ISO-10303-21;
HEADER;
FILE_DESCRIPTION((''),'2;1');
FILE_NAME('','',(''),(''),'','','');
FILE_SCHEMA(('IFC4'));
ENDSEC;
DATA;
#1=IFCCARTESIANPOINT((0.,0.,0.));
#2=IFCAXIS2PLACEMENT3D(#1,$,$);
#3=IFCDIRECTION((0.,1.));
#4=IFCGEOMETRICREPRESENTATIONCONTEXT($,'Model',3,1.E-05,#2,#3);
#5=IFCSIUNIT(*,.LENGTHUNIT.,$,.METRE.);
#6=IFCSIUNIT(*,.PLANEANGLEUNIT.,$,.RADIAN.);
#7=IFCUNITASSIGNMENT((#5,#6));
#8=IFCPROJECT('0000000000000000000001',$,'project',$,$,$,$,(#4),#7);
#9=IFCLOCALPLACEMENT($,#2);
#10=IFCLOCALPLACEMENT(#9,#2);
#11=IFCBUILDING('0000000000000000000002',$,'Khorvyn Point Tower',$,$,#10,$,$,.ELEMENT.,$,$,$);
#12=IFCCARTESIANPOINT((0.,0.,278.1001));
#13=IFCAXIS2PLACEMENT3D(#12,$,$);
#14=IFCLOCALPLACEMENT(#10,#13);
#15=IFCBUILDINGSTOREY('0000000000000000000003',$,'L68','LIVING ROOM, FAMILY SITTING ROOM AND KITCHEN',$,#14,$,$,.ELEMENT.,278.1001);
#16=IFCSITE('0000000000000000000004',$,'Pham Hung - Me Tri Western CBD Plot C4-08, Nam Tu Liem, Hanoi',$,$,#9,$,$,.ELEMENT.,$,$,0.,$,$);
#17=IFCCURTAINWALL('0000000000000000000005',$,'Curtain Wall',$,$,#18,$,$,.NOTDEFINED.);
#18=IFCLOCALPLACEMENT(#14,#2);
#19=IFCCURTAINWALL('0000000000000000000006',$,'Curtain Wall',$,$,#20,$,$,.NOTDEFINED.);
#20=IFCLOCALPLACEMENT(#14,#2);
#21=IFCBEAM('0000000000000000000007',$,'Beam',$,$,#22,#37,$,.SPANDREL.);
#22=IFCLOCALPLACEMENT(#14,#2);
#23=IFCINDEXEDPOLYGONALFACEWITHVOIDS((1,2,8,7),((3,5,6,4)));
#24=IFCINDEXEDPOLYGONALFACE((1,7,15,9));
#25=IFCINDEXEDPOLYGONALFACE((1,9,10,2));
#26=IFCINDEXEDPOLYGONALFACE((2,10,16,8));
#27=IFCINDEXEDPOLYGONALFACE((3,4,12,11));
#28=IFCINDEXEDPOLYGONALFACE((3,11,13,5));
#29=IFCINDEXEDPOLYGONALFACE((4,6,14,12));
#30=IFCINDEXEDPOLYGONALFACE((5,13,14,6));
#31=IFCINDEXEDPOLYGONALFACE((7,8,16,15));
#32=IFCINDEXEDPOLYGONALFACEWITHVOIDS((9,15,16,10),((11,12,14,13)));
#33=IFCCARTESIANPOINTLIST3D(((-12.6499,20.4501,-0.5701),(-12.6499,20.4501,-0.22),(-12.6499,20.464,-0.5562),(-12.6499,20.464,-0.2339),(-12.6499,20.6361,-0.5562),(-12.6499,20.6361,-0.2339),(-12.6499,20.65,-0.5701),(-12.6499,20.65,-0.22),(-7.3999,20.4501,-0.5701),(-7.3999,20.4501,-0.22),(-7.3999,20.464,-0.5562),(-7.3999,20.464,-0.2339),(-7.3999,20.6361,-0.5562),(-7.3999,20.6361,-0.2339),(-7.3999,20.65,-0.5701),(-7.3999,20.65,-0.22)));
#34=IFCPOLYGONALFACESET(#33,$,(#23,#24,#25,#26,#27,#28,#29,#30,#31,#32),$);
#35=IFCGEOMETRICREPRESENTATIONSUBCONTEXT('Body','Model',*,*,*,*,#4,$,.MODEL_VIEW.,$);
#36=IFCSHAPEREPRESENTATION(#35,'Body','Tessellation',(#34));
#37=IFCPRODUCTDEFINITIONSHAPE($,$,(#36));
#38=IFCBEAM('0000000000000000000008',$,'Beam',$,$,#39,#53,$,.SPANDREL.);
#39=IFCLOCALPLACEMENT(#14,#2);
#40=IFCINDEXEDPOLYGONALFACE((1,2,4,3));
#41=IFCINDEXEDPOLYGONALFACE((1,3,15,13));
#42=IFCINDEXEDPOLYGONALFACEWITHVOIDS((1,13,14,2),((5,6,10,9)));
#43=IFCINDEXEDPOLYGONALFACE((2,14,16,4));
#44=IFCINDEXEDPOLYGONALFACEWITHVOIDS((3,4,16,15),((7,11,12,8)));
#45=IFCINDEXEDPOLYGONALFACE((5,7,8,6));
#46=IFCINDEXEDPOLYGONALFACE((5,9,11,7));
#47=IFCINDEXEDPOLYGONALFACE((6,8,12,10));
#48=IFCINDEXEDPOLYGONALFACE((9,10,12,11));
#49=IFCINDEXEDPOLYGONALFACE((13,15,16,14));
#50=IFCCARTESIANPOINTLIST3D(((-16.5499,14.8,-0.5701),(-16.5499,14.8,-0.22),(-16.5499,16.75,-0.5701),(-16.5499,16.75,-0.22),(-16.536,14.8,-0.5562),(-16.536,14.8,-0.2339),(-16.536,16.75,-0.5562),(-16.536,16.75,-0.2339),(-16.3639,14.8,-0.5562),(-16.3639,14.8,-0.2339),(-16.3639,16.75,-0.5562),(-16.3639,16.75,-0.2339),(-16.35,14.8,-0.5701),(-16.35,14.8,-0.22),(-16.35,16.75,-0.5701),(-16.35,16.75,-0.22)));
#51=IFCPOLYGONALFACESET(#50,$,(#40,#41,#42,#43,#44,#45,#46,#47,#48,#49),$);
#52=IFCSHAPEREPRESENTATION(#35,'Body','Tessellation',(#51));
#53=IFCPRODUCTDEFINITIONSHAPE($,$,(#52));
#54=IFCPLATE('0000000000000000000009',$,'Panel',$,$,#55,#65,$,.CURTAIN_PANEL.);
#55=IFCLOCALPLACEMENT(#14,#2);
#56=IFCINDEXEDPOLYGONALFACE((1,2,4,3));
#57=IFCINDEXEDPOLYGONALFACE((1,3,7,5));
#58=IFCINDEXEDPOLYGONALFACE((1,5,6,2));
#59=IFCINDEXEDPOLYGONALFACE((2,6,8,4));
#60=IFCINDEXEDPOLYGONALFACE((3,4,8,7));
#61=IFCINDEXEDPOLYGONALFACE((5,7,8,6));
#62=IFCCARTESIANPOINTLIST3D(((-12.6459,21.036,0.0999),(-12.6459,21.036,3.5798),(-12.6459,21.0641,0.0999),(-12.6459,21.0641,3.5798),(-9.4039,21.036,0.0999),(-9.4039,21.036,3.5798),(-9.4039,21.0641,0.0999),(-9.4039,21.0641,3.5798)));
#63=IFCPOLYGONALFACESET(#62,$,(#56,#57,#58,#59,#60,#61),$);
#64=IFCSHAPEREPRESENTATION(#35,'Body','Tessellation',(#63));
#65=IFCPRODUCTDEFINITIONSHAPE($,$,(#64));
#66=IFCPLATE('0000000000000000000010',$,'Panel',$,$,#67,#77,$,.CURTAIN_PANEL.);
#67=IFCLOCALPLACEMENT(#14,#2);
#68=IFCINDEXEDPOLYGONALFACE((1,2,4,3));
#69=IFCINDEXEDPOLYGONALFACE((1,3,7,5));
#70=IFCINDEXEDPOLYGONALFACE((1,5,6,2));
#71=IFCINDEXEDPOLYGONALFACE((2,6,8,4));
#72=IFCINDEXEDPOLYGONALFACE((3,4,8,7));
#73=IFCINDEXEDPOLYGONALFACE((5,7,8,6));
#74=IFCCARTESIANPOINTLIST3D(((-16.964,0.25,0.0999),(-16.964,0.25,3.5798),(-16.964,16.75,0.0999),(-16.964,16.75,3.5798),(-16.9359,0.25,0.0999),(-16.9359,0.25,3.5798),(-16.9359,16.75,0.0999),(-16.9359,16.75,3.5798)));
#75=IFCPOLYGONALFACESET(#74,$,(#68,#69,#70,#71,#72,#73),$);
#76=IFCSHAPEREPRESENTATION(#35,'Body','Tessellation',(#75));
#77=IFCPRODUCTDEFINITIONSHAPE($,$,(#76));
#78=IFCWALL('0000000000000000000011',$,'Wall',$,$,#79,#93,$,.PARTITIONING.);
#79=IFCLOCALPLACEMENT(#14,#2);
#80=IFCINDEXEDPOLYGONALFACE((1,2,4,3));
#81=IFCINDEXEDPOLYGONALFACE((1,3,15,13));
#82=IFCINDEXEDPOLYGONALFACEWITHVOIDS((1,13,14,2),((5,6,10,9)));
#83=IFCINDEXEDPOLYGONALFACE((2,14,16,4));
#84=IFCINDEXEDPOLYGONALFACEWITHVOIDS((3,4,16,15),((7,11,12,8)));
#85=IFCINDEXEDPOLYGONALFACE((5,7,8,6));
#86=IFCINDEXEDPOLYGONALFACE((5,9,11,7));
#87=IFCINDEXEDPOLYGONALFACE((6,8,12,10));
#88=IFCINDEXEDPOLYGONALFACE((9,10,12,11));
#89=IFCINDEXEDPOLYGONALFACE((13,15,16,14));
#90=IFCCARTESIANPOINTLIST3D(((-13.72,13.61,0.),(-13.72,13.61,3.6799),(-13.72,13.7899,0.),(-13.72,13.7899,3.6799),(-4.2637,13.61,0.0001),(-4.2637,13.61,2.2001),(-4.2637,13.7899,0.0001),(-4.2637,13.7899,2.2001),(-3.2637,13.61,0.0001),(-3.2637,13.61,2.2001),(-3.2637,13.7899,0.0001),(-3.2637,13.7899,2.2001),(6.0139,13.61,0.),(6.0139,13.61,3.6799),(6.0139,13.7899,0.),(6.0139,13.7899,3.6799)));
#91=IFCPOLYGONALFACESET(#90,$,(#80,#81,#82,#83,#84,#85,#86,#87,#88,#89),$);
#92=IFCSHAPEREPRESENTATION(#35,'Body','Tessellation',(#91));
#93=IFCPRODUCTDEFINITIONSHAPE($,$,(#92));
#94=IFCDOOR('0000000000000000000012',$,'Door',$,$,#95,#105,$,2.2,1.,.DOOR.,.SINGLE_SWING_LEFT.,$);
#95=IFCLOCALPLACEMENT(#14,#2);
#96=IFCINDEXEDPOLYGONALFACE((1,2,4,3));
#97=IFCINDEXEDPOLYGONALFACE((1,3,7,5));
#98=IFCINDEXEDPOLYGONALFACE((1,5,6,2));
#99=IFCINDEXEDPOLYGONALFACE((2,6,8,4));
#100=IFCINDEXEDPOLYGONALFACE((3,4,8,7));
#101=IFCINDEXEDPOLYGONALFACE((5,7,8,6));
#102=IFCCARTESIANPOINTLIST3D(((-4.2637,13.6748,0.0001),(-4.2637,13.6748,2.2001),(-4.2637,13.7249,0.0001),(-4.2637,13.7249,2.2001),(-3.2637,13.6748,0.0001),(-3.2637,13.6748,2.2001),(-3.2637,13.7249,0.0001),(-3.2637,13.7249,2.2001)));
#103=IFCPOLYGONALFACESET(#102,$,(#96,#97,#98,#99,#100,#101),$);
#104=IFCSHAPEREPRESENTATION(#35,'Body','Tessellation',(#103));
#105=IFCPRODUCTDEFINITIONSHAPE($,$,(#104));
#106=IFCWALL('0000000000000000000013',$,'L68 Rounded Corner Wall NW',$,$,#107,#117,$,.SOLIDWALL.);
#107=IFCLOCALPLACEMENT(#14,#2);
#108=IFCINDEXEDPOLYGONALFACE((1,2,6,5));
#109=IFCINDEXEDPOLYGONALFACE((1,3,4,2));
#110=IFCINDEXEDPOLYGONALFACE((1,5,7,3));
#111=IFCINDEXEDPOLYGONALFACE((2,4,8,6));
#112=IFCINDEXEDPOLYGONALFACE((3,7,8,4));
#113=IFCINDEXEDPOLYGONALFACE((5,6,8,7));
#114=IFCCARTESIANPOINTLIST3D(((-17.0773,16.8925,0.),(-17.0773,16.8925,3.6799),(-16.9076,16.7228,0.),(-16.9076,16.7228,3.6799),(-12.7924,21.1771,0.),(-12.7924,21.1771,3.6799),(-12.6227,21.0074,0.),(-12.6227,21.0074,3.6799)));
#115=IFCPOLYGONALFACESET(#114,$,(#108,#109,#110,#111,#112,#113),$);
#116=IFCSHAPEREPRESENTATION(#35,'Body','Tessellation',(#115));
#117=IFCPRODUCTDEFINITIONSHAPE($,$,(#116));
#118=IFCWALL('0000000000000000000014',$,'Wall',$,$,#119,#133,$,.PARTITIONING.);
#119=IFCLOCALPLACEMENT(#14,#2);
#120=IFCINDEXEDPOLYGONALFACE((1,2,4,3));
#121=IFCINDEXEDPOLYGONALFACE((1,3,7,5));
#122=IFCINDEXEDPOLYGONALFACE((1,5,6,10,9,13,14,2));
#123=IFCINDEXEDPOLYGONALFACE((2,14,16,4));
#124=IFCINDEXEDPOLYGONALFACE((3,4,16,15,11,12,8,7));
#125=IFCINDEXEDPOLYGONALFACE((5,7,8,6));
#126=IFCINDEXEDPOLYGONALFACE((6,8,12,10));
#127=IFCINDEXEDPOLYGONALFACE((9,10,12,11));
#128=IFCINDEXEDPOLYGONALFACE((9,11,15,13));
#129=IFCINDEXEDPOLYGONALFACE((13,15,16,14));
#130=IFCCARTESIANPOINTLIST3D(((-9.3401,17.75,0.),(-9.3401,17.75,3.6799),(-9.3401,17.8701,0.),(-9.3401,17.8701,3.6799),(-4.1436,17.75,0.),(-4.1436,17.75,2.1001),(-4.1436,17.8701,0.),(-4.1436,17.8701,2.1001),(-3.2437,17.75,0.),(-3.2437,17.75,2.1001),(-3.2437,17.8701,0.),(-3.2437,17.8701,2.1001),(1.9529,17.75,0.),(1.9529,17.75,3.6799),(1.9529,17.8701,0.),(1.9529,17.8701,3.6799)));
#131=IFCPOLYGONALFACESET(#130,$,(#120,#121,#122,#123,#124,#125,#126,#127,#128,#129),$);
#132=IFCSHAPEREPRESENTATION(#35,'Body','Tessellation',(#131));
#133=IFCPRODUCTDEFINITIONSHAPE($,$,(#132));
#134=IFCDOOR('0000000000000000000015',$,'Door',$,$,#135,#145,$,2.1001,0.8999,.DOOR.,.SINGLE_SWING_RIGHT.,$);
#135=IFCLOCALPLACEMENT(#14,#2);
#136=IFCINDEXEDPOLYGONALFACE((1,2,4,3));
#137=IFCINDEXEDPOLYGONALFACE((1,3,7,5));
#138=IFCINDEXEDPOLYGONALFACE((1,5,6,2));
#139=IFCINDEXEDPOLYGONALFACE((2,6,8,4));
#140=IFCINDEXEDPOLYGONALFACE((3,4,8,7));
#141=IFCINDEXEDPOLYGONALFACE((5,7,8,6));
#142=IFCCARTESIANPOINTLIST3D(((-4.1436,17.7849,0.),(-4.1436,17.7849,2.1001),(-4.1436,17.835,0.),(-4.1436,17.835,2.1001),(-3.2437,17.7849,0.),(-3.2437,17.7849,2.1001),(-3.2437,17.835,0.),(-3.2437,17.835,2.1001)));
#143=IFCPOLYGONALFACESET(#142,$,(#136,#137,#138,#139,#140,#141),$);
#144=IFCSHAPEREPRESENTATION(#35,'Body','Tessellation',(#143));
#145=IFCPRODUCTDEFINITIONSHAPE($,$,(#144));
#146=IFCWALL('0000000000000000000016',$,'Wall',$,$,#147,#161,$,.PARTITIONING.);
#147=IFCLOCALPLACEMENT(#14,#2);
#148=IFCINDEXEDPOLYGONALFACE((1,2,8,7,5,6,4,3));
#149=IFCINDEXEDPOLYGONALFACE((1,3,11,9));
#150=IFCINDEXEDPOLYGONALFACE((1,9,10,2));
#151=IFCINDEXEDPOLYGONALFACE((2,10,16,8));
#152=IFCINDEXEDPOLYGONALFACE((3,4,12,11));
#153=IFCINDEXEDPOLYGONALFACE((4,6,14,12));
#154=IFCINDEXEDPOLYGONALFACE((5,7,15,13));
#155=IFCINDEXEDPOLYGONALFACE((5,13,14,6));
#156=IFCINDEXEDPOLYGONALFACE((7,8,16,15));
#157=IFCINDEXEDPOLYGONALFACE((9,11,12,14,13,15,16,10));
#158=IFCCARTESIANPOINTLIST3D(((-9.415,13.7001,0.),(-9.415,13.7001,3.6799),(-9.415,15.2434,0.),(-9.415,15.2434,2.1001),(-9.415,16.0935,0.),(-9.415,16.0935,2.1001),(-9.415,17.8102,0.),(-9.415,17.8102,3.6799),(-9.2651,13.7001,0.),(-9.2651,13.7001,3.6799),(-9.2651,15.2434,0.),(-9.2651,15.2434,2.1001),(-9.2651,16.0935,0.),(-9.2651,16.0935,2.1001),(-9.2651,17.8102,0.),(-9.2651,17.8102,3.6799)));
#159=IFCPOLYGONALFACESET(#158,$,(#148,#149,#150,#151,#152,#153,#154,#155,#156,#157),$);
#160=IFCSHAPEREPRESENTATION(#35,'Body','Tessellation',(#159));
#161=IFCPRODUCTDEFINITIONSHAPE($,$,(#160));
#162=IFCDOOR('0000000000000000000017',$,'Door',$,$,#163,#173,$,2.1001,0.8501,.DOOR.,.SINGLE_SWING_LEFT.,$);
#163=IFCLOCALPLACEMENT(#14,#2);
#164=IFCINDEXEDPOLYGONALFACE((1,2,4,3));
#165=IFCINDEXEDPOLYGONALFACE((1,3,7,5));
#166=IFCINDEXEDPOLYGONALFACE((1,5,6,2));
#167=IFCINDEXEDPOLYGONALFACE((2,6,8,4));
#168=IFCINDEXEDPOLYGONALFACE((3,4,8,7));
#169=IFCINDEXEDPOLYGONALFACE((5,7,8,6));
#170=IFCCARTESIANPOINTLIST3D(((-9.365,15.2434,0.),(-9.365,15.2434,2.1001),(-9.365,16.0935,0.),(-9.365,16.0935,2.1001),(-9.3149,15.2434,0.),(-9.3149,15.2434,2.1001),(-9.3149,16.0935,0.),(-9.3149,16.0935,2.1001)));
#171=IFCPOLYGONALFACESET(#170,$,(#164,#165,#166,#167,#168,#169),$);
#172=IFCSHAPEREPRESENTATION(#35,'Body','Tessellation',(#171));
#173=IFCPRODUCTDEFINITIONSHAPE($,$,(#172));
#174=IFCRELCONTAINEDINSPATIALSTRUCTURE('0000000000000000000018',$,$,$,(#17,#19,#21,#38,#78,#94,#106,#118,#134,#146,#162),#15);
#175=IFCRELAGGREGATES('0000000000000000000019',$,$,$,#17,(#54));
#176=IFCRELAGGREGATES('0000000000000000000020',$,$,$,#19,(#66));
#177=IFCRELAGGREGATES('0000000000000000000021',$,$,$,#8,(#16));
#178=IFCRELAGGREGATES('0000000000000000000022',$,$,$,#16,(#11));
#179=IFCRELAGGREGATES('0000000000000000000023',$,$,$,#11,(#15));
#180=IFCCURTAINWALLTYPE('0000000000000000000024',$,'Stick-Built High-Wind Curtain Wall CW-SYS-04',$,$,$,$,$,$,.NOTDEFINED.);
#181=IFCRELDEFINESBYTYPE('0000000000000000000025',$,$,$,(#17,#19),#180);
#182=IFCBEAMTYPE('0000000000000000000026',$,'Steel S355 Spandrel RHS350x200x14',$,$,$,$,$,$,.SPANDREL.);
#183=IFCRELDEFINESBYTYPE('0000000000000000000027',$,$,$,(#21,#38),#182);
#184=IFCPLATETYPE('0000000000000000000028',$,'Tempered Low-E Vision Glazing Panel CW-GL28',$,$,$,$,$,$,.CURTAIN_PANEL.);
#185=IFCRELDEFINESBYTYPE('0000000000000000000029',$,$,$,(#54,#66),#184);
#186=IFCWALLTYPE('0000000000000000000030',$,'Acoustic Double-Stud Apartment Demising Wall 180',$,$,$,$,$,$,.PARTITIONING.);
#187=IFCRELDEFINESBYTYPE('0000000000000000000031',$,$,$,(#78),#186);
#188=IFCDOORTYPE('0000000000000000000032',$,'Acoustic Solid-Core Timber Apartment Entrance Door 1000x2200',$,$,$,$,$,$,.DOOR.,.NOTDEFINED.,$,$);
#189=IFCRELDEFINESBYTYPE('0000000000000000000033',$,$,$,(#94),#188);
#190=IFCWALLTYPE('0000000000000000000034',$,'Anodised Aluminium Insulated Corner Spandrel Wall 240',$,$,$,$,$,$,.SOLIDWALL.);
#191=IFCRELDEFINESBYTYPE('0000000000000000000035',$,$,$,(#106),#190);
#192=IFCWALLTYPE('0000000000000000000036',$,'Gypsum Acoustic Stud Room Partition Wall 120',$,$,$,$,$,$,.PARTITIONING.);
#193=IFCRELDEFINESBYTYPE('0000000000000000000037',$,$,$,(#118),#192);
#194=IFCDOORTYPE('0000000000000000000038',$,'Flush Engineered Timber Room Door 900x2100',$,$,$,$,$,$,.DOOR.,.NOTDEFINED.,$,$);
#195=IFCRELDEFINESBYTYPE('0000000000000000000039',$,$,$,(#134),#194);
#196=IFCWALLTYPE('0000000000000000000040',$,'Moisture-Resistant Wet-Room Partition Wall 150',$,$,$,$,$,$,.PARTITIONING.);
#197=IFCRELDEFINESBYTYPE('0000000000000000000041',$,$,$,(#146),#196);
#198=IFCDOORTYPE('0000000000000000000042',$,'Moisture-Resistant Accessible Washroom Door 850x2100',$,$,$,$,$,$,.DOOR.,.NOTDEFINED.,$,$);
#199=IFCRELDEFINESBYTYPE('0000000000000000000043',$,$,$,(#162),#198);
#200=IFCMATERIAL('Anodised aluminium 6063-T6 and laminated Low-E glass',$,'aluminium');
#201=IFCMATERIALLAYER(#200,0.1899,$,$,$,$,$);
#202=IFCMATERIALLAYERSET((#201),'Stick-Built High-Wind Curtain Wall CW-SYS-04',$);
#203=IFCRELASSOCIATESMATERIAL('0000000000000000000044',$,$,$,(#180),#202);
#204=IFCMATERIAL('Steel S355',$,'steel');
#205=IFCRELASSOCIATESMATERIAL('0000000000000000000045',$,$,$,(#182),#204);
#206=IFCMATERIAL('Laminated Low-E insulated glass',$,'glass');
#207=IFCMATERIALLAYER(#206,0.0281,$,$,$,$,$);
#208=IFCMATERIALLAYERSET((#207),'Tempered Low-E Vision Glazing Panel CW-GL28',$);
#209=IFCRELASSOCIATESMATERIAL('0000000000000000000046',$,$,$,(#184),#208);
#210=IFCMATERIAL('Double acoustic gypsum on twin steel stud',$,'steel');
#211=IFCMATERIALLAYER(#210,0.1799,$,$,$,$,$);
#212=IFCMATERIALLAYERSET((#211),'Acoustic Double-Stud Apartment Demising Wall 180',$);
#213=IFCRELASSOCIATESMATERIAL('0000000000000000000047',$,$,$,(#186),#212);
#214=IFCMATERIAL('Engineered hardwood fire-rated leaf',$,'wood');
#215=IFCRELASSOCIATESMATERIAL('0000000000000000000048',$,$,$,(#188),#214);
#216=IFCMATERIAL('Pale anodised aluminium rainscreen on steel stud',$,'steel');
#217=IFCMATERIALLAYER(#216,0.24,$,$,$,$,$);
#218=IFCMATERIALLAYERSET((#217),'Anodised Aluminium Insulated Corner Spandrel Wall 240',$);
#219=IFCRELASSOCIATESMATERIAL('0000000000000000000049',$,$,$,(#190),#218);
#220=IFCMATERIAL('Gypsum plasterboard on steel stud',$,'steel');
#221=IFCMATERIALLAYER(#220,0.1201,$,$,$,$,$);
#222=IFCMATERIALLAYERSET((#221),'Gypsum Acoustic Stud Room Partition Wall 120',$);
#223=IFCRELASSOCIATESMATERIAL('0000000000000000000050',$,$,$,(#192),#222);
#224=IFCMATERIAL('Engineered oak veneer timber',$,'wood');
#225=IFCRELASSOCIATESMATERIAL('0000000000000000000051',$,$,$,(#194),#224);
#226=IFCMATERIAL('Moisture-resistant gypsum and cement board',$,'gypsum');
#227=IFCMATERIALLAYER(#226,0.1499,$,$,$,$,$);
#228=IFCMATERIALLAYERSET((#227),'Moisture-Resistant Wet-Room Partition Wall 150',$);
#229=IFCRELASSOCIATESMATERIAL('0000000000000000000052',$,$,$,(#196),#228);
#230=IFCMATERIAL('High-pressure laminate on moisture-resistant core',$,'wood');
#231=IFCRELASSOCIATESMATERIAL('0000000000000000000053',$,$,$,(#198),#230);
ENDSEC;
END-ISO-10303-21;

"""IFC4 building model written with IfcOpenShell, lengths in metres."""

from ifc_helpers import new_model, si_unit, direction, frame, frame_2d, origin, origin_2d, place, context, subcontext, project, spatial, rectangle, hollow_rectangle, extrude, material, layer, layer_set, material_profile, profile_set, type_object, element, fill, aggregate, save


model = new_model("IFC4")

# Units and contexts
model_context = context("Model", 3, precision=1e-05, world=origin(), true_north=direction((0.0, 1.0)))
body_context = subcontext(model_context, "Body", "Model", "MODEL_VIEW")
ifc_project = project(units=[si_unit("LENGTHUNIT", "METRE"), si_unit("PLANEANGLEUNIT", "RADIAN")], contexts=[model_context])

# Site, building, storey
site_placement = place(None, origin())
site = spatial("IfcSite", under=ifc_project, at=site_placement, Name="Pham Hung - Me Tri Western CBD Plot C4-08, Nam Tu Liem, Hanoi", CompositionType="ELEMENT", RefElevation=0.0)
building_placement = place(site_placement, origin())
building = spatial("IfcBuilding", under=site, at=building_placement, Name="Khorvyn Point Tower", CompositionType="ELEMENT")
storey_placement = place(building_placement, frame((0.0, 0.0, 278.1001)))
storey = spatial("IfcBuildingStorey", under=building, at=storey_placement, Name="L68", Description="LIVING ROOM, FAMILY SITTING ROOM AND KITCHEN", CompositionType="ELEMENT", Elevation=278.1001)

# Shared definitions
ifc_material_1 = material(Name="Steel S355", Category="steel")

# Curtain walls
ifc_material_2 = material(Name="Anodised aluminium 6063-T6 and laminated Low-E glass", Category="aluminium")
ifc_layer_1 = layer(ifc_material_2, 0.1899)
ifc_layer_set_1 = layer_set([ifc_layer_1], Name="Stick-Built High-Wind Curtain Wall CW-SYS-04")
curtain_wall_type = type_object("IfcCurtainWallType", Name="Stick-Built High-Wind Curtain Wall CW-SYS-04", PredefinedType="NOTDEFINED", material=ifc_layer_set_1)
curtain_wall_1_placement = place(storey_placement, origin())
curtain_wall_1 = element("IfcCurtainWall", 1, at=curtain_wall_1_placement, inside=storey, type_object=curtain_wall_type, Name="Curtain Wall", PredefinedType="NOTDEFINED")
curtain_wall_2_placement = place(storey_placement, origin())
curtain_wall_2 = element("IfcCurtainWall", 2, at=curtain_wall_2_placement, inside=storey, type_object=curtain_wall_type, Name="Curtain Wall", PredefinedType="NOTDEFINED")

# Beams
ifc_material_profile_1 = material_profile(ifc_material_1, hollow_rectangle(XDim=0.2, YDim=0.3501, WallThickness=0.0139, at=origin_2d()))
ifc_profile_set_1 = profile_set([ifc_material_profile_1], Name="Steel S355 RHS350x200x14")
beam_type_1 = type_object("IfcBeamType", Name="Steel S355 Spandrel RHS350x200x14", PredefinedType="SPANDREL", material=ifc_profile_set_1)
beam_1_placement = place(storey_placement, frame((-12.6499, 20.55, -0.395), z_axis=(1.0, 0.0, 0.0), x_axis=(0.0, 1.0, 0.0)))
element("IfcBeam", 3, at=beam_1_placement, inside=storey, type_object=beam_type_1, Name="Beam", PredefinedType="SPANDREL", context=body_context, shape_type="SweptSolid", body=[
    extrude(hollow_rectangle(XDim=0.2, YDim=0.3501, WallThickness=0.0139, at=origin_2d()), origin(), (0.0, 0.0, 1.0), 5.25),
])
beam_2_placement = place(storey_placement, frame((-16.45, 14.8, -0.395), z_axis=(0.0, 1.0, 0.0), x_axis=(-1.0, 0.0, 0.0)))
element("IfcBeam", 4, at=beam_2_placement, inside=storey, type_object=beam_type_1, Name="Beam", PredefinedType="SPANDREL", context=body_context, shape_type="SweptSolid", body=[
    extrude(hollow_rectangle(XDim=0.2, YDim=0.3501, WallThickness=0.0139, at=origin_2d()), origin(), (0.0, 0.0, 1.0), 1.95),
])

# Plates
ifc_material_3 = material(Name="Laminated Low-E insulated glass", Category="glass")
ifc_layer_2 = layer(ifc_material_3, 0.0281)
ifc_layer_set_2 = layer_set([ifc_layer_2], Name="Tempered Low-E Vision Glazing Panel CW-GL28")
plate_type = type_object("IfcPlateType", Name="Tempered Low-E Vision Glazing Panel CW-GL28", PredefinedType="CURTAIN_PANEL", material=ifc_layer_set_2)
plate_1_placement = place(storey_placement, frame((-11.0249, 21.05, 0.0999), z_axis=(0.0, 0.0, 1.0), x_axis=(1.0, 0.0, 0.0)))
plate_1 = element("IfcPlate", 5, at=plate_1_placement, type_object=plate_type, Name="Panel", PredefinedType="CURTAIN_PANEL", context=body_context, shape_type="SweptSolid", body=[
    extrude(rectangle(XDim=3.2419, YDim=0.0281, at=origin_2d()), origin(), (0.0, 0.0, 1.0), 3.48),
])
aggregate(curtain_wall_1, [plate_1])
plate_2_placement = place(storey_placement, frame((-16.95, 8.5, 0.0999), z_axis=(0.0, 0.0, 1.0), x_axis=(0.0, 1.0, 0.0)))
plate_2 = element("IfcPlate", 6, at=plate_2_placement, type_object=plate_type, Name="Panel", PredefinedType="CURTAIN_PANEL", context=body_context, shape_type="SweptSolid", body=[
    extrude(rectangle(XDim=16.5, YDim=0.0281, at=origin_2d()), origin(), (0.0, 0.0, 1.0), 3.48),
])
aggregate(curtain_wall_2, [plate_2])

# Wall, opening, door
ifc_material_4 = material(Name="Double acoustic gypsum on twin steel stud", Category="steel")
ifc_layer_3 = layer(ifc_material_4, 0.1799)
ifc_layer_set_3 = layer_set([ifc_layer_3], Name="Acoustic Double-Stud Apartment Demising Wall 180")
wall_type_1 = type_object("IfcWallType", Name="Acoustic Double-Stud Apartment Demising Wall 180", PredefinedType="PARTITIONING", material=ifc_layer_set_3)
wall_1_placement = place(storey_placement, frame((-13.72, 13.7, 0.0), z_axis=(0.0, 0.0, 1.0), x_axis=(1.0, 0.0, 0.0)))
wall_1 = element("IfcWall", 7, at=wall_1_placement, inside=storey, type_object=wall_type_1, Name="Wall", PredefinedType="PARTITIONING", context=body_context, shape_type="SweptSolid", body=[
    extrude(rectangle(XDim=19.7339, YDim=0.1799, at=frame_2d((9.8669, 0.0))), origin(), (0.0, 0.0, 1.0), 3.6799),
])
opening_1_placement = place(wall_1_placement, frame((9.4563, 0.0, 0.0)))
opening_1 = element("IfcOpeningElement", 8, at=opening_1_placement, cuts=wall_1, PredefinedType="OPENING", context=body_context, shape_type="SweptSolid", body=[
    extrude(rectangle(XDim=1.0, YDim=2.2, at=frame_2d((0.5, 1.1001))), frame((0.0, 0.0999, 0.0), z_axis=(0.0, -1.0, 0.0), x_axis=(1.0, 0.0, 0.0)), (0.0, 0.0, 1.0), 0.2),
])
ifc_material_5 = material(Name="Engineered hardwood fire-rated leaf", Category="wood")
door_type_1 = type_object("IfcDoorType", Name="Acoustic Solid-Core Timber Apartment Entrance Door 1000x2200", OperationType="NOTDEFINED", PredefinedType="DOOR", material=ifc_material_5)
door_1_placement = place(opening_1_placement, origin())
door_1 = element("IfcDoor", 9, at=door_1_placement, inside=storey, type_object=door_type_1, Name="Door", OperationType="SINGLE_SWING_LEFT", OverallHeight=2.2, OverallWidth=1.0, PredefinedType="DOOR", context=body_context, shape_type="SweptSolid", body=[
    extrude(rectangle(XDim=1.0, YDim=2.2, at=frame_2d((0.5, 1.1001))), frame((0.0, 0.0249, 0.0), z_axis=(0.0, -1.0, 0.0), x_axis=(1.0, 0.0, 0.0)), (0.0, 0.0, 1.0), 0.05),
])
fill(opening_1, door_1)

# Wall
ifc_material_6 = material(Name="Pale anodised aluminium rainscreen on steel stud", Category="steel")
ifc_layer_4 = layer(ifc_material_6, 0.24)
ifc_layer_set_4 = layer_set([ifc_layer_4], Name="Anodised Aluminium Insulated Corner Spandrel Wall 240")
wall_type_2 = type_object("IfcWallType", Name="Anodised Aluminium Insulated Corner Spandrel Wall 240", PredefinedType="SOLIDWALL", material=ifc_layer_set_4)
wall_2_placement = place(storey_placement, frame((-16.9924, 16.8076, 0.0), z_axis=(0.0, 0.0, 1.0), x_axis=(0.707127, 0.707087, 0.0)))
element("IfcWall", 10, at=wall_2_placement, inside=storey, type_object=wall_type_2, Name="L68 Rounded Corner Wall NW", PredefinedType="SOLIDWALL", context=body_context, shape_type="SweptSolid", body=[
    extrude(rectangle(XDim=6.0596, YDim=0.24, at=frame_2d((3.0298, 0.0))), origin(), (0.0, 0.0, 1.0), 3.6799),
])

# Walls, openings, doors
ifc_material_7 = material(Name="Gypsum plasterboard on steel stud", Category="steel")
ifc_layer_5 = layer(ifc_material_7, 0.1201)
ifc_layer_set_5 = layer_set([ifc_layer_5], Name="Gypsum Acoustic Stud Room Partition Wall 120")
wall_type_3 = type_object("IfcWallType", Name="Gypsum Acoustic Stud Room Partition Wall 120", PredefinedType="PARTITIONING", material=ifc_layer_set_5)
wall_3_placement = place(storey_placement, frame((-9.3401, 17.8101, 0.0), z_axis=(0.0, 0.0, 1.0), x_axis=(1.0, 0.0, 0.0)))
wall_3 = element("IfcWall", 11, at=wall_3_placement, inside=storey, type_object=wall_type_3, Name="Wall", PredefinedType="PARTITIONING", context=body_context, shape_type="SweptSolid", body=[
    extrude(rectangle(XDim=11.293, YDim=0.1201, at=frame_2d((5.6465, 0.0))), origin(), (0.0, 0.0, 1.0), 3.6799),
])
opening_2_placement = place(wall_3_placement, frame((5.1965, 0.0, 0.0)))
opening_2 = element("IfcOpeningElement", 12, at=opening_2_placement, cuts=wall_3, PredefinedType="OPENING", context=body_context, shape_type="SweptSolid", body=[
    extrude(rectangle(XDim=0.8999, YDim=2.1001, at=frame_2d((0.45, 1.05))), frame((0.0, 0.0701, 0.0), z_axis=(0.0, -1.0, 0.0), x_axis=(1.0, 0.0, 0.0)), (0.0, 0.0, 1.0), 0.1401),
])
ifc_material_8 = material(Name="Engineered oak veneer timber", Category="wood")
door_type_2 = type_object("IfcDoorType", Name="Flush Engineered Timber Room Door 900x2100", OperationType="NOTDEFINED", PredefinedType="DOOR", material=ifc_material_8)
door_2_placement = place(opening_2_placement, origin())
door_2 = element("IfcDoor", 13, at=door_2_placement, inside=storey, type_object=door_type_2, Name="Door", OperationType="SINGLE_SWING_RIGHT", OverallHeight=2.1001, OverallWidth=0.8999, PredefinedType="DOOR", context=body_context, shape_type="SweptSolid", body=[
    extrude(rectangle(XDim=0.8999, YDim=2.1001, at=frame_2d((0.45, 1.05))), frame((0.0, 0.0249, 0.0), z_axis=(0.0, -1.0, 0.0), x_axis=(1.0, 0.0, 0.0)), (0.0, 0.0, 1.0), 0.05),
])
fill(opening_2, door_2)
ifc_material_9 = material(Name="Moisture-resistant gypsum and cement board", Category="gypsum")
ifc_layer_6 = layer(ifc_material_9, 0.1499)
ifc_layer_set_6 = layer_set([ifc_layer_6], Name="Moisture-Resistant Wet-Room Partition Wall 150")
wall_type_4 = type_object("IfcWallType", Name="Moisture-Resistant Wet-Room Partition Wall 150", PredefinedType="PARTITIONING", material=ifc_layer_set_6)
wall_4_placement = place(storey_placement, frame((-9.3401, 13.7, 0.0), z_axis=(0.0, 0.0, 1.0), x_axis=(0.0, 1.0, 0.0)))
wall_4 = element("IfcWall", 14, at=wall_4_placement, inside=storey, type_object=wall_type_4, Name="Wall", PredefinedType="PARTITIONING", context=body_context, shape_type="SweptSolid", body=[
    extrude(rectangle(XDim=4.1101, YDim=0.1499, at=frame_2d((2.0552, 0.0))), origin(), (0.0, 0.0, 1.0), 3.6799),
])
opening_3_placement = place(wall_4_placement, frame((1.5435, 0.0, 0.0)))
opening_3 = element("IfcOpeningElement", 15, at=opening_3_placement, cuts=wall_4, PredefinedType="OPENING", context=body_context, shape_type="SweptSolid", body=[
    extrude(rectangle(XDim=0.8501, YDim=2.1001, at=frame_2d((0.425, 1.05))), frame((0.0, 0.085, 0.0), z_axis=(0.0, -1.0, 0.0), x_axis=(1.0, 0.0, 0.0)), (0.0, 0.0, 1.0), 0.1699),
])
ifc_material_10 = material(Name="High-pressure laminate on moisture-resistant core", Category="wood")
door_type_3 = type_object("IfcDoorType", Name="Moisture-Resistant Accessible Washroom Door 850x2100", OperationType="NOTDEFINED", PredefinedType="DOOR", material=ifc_material_10)
door_3_placement = place(opening_3_placement, origin())
door_3 = element("IfcDoor", 16, at=door_3_placement, inside=storey, type_object=door_type_3, Name="Door", OperationType="SINGLE_SWING_LEFT", OverallHeight=2.1001, OverallWidth=0.8501, PredefinedType="DOOR", context=body_context, shape_type="SweptSolid", body=[
    extrude(rectangle(XDim=0.8501, YDim=2.1001, at=frame_2d((0.425, 1.05))), frame((0.0, 0.0249, 0.0), z_axis=(0.0, -1.0, 0.0), x_axis=(1.0, 0.0, 0.0)), (0.0, 0.0, 1.0), 0.05),
])
fill(opening_3, door_3)

save(model, "model.ifc")
